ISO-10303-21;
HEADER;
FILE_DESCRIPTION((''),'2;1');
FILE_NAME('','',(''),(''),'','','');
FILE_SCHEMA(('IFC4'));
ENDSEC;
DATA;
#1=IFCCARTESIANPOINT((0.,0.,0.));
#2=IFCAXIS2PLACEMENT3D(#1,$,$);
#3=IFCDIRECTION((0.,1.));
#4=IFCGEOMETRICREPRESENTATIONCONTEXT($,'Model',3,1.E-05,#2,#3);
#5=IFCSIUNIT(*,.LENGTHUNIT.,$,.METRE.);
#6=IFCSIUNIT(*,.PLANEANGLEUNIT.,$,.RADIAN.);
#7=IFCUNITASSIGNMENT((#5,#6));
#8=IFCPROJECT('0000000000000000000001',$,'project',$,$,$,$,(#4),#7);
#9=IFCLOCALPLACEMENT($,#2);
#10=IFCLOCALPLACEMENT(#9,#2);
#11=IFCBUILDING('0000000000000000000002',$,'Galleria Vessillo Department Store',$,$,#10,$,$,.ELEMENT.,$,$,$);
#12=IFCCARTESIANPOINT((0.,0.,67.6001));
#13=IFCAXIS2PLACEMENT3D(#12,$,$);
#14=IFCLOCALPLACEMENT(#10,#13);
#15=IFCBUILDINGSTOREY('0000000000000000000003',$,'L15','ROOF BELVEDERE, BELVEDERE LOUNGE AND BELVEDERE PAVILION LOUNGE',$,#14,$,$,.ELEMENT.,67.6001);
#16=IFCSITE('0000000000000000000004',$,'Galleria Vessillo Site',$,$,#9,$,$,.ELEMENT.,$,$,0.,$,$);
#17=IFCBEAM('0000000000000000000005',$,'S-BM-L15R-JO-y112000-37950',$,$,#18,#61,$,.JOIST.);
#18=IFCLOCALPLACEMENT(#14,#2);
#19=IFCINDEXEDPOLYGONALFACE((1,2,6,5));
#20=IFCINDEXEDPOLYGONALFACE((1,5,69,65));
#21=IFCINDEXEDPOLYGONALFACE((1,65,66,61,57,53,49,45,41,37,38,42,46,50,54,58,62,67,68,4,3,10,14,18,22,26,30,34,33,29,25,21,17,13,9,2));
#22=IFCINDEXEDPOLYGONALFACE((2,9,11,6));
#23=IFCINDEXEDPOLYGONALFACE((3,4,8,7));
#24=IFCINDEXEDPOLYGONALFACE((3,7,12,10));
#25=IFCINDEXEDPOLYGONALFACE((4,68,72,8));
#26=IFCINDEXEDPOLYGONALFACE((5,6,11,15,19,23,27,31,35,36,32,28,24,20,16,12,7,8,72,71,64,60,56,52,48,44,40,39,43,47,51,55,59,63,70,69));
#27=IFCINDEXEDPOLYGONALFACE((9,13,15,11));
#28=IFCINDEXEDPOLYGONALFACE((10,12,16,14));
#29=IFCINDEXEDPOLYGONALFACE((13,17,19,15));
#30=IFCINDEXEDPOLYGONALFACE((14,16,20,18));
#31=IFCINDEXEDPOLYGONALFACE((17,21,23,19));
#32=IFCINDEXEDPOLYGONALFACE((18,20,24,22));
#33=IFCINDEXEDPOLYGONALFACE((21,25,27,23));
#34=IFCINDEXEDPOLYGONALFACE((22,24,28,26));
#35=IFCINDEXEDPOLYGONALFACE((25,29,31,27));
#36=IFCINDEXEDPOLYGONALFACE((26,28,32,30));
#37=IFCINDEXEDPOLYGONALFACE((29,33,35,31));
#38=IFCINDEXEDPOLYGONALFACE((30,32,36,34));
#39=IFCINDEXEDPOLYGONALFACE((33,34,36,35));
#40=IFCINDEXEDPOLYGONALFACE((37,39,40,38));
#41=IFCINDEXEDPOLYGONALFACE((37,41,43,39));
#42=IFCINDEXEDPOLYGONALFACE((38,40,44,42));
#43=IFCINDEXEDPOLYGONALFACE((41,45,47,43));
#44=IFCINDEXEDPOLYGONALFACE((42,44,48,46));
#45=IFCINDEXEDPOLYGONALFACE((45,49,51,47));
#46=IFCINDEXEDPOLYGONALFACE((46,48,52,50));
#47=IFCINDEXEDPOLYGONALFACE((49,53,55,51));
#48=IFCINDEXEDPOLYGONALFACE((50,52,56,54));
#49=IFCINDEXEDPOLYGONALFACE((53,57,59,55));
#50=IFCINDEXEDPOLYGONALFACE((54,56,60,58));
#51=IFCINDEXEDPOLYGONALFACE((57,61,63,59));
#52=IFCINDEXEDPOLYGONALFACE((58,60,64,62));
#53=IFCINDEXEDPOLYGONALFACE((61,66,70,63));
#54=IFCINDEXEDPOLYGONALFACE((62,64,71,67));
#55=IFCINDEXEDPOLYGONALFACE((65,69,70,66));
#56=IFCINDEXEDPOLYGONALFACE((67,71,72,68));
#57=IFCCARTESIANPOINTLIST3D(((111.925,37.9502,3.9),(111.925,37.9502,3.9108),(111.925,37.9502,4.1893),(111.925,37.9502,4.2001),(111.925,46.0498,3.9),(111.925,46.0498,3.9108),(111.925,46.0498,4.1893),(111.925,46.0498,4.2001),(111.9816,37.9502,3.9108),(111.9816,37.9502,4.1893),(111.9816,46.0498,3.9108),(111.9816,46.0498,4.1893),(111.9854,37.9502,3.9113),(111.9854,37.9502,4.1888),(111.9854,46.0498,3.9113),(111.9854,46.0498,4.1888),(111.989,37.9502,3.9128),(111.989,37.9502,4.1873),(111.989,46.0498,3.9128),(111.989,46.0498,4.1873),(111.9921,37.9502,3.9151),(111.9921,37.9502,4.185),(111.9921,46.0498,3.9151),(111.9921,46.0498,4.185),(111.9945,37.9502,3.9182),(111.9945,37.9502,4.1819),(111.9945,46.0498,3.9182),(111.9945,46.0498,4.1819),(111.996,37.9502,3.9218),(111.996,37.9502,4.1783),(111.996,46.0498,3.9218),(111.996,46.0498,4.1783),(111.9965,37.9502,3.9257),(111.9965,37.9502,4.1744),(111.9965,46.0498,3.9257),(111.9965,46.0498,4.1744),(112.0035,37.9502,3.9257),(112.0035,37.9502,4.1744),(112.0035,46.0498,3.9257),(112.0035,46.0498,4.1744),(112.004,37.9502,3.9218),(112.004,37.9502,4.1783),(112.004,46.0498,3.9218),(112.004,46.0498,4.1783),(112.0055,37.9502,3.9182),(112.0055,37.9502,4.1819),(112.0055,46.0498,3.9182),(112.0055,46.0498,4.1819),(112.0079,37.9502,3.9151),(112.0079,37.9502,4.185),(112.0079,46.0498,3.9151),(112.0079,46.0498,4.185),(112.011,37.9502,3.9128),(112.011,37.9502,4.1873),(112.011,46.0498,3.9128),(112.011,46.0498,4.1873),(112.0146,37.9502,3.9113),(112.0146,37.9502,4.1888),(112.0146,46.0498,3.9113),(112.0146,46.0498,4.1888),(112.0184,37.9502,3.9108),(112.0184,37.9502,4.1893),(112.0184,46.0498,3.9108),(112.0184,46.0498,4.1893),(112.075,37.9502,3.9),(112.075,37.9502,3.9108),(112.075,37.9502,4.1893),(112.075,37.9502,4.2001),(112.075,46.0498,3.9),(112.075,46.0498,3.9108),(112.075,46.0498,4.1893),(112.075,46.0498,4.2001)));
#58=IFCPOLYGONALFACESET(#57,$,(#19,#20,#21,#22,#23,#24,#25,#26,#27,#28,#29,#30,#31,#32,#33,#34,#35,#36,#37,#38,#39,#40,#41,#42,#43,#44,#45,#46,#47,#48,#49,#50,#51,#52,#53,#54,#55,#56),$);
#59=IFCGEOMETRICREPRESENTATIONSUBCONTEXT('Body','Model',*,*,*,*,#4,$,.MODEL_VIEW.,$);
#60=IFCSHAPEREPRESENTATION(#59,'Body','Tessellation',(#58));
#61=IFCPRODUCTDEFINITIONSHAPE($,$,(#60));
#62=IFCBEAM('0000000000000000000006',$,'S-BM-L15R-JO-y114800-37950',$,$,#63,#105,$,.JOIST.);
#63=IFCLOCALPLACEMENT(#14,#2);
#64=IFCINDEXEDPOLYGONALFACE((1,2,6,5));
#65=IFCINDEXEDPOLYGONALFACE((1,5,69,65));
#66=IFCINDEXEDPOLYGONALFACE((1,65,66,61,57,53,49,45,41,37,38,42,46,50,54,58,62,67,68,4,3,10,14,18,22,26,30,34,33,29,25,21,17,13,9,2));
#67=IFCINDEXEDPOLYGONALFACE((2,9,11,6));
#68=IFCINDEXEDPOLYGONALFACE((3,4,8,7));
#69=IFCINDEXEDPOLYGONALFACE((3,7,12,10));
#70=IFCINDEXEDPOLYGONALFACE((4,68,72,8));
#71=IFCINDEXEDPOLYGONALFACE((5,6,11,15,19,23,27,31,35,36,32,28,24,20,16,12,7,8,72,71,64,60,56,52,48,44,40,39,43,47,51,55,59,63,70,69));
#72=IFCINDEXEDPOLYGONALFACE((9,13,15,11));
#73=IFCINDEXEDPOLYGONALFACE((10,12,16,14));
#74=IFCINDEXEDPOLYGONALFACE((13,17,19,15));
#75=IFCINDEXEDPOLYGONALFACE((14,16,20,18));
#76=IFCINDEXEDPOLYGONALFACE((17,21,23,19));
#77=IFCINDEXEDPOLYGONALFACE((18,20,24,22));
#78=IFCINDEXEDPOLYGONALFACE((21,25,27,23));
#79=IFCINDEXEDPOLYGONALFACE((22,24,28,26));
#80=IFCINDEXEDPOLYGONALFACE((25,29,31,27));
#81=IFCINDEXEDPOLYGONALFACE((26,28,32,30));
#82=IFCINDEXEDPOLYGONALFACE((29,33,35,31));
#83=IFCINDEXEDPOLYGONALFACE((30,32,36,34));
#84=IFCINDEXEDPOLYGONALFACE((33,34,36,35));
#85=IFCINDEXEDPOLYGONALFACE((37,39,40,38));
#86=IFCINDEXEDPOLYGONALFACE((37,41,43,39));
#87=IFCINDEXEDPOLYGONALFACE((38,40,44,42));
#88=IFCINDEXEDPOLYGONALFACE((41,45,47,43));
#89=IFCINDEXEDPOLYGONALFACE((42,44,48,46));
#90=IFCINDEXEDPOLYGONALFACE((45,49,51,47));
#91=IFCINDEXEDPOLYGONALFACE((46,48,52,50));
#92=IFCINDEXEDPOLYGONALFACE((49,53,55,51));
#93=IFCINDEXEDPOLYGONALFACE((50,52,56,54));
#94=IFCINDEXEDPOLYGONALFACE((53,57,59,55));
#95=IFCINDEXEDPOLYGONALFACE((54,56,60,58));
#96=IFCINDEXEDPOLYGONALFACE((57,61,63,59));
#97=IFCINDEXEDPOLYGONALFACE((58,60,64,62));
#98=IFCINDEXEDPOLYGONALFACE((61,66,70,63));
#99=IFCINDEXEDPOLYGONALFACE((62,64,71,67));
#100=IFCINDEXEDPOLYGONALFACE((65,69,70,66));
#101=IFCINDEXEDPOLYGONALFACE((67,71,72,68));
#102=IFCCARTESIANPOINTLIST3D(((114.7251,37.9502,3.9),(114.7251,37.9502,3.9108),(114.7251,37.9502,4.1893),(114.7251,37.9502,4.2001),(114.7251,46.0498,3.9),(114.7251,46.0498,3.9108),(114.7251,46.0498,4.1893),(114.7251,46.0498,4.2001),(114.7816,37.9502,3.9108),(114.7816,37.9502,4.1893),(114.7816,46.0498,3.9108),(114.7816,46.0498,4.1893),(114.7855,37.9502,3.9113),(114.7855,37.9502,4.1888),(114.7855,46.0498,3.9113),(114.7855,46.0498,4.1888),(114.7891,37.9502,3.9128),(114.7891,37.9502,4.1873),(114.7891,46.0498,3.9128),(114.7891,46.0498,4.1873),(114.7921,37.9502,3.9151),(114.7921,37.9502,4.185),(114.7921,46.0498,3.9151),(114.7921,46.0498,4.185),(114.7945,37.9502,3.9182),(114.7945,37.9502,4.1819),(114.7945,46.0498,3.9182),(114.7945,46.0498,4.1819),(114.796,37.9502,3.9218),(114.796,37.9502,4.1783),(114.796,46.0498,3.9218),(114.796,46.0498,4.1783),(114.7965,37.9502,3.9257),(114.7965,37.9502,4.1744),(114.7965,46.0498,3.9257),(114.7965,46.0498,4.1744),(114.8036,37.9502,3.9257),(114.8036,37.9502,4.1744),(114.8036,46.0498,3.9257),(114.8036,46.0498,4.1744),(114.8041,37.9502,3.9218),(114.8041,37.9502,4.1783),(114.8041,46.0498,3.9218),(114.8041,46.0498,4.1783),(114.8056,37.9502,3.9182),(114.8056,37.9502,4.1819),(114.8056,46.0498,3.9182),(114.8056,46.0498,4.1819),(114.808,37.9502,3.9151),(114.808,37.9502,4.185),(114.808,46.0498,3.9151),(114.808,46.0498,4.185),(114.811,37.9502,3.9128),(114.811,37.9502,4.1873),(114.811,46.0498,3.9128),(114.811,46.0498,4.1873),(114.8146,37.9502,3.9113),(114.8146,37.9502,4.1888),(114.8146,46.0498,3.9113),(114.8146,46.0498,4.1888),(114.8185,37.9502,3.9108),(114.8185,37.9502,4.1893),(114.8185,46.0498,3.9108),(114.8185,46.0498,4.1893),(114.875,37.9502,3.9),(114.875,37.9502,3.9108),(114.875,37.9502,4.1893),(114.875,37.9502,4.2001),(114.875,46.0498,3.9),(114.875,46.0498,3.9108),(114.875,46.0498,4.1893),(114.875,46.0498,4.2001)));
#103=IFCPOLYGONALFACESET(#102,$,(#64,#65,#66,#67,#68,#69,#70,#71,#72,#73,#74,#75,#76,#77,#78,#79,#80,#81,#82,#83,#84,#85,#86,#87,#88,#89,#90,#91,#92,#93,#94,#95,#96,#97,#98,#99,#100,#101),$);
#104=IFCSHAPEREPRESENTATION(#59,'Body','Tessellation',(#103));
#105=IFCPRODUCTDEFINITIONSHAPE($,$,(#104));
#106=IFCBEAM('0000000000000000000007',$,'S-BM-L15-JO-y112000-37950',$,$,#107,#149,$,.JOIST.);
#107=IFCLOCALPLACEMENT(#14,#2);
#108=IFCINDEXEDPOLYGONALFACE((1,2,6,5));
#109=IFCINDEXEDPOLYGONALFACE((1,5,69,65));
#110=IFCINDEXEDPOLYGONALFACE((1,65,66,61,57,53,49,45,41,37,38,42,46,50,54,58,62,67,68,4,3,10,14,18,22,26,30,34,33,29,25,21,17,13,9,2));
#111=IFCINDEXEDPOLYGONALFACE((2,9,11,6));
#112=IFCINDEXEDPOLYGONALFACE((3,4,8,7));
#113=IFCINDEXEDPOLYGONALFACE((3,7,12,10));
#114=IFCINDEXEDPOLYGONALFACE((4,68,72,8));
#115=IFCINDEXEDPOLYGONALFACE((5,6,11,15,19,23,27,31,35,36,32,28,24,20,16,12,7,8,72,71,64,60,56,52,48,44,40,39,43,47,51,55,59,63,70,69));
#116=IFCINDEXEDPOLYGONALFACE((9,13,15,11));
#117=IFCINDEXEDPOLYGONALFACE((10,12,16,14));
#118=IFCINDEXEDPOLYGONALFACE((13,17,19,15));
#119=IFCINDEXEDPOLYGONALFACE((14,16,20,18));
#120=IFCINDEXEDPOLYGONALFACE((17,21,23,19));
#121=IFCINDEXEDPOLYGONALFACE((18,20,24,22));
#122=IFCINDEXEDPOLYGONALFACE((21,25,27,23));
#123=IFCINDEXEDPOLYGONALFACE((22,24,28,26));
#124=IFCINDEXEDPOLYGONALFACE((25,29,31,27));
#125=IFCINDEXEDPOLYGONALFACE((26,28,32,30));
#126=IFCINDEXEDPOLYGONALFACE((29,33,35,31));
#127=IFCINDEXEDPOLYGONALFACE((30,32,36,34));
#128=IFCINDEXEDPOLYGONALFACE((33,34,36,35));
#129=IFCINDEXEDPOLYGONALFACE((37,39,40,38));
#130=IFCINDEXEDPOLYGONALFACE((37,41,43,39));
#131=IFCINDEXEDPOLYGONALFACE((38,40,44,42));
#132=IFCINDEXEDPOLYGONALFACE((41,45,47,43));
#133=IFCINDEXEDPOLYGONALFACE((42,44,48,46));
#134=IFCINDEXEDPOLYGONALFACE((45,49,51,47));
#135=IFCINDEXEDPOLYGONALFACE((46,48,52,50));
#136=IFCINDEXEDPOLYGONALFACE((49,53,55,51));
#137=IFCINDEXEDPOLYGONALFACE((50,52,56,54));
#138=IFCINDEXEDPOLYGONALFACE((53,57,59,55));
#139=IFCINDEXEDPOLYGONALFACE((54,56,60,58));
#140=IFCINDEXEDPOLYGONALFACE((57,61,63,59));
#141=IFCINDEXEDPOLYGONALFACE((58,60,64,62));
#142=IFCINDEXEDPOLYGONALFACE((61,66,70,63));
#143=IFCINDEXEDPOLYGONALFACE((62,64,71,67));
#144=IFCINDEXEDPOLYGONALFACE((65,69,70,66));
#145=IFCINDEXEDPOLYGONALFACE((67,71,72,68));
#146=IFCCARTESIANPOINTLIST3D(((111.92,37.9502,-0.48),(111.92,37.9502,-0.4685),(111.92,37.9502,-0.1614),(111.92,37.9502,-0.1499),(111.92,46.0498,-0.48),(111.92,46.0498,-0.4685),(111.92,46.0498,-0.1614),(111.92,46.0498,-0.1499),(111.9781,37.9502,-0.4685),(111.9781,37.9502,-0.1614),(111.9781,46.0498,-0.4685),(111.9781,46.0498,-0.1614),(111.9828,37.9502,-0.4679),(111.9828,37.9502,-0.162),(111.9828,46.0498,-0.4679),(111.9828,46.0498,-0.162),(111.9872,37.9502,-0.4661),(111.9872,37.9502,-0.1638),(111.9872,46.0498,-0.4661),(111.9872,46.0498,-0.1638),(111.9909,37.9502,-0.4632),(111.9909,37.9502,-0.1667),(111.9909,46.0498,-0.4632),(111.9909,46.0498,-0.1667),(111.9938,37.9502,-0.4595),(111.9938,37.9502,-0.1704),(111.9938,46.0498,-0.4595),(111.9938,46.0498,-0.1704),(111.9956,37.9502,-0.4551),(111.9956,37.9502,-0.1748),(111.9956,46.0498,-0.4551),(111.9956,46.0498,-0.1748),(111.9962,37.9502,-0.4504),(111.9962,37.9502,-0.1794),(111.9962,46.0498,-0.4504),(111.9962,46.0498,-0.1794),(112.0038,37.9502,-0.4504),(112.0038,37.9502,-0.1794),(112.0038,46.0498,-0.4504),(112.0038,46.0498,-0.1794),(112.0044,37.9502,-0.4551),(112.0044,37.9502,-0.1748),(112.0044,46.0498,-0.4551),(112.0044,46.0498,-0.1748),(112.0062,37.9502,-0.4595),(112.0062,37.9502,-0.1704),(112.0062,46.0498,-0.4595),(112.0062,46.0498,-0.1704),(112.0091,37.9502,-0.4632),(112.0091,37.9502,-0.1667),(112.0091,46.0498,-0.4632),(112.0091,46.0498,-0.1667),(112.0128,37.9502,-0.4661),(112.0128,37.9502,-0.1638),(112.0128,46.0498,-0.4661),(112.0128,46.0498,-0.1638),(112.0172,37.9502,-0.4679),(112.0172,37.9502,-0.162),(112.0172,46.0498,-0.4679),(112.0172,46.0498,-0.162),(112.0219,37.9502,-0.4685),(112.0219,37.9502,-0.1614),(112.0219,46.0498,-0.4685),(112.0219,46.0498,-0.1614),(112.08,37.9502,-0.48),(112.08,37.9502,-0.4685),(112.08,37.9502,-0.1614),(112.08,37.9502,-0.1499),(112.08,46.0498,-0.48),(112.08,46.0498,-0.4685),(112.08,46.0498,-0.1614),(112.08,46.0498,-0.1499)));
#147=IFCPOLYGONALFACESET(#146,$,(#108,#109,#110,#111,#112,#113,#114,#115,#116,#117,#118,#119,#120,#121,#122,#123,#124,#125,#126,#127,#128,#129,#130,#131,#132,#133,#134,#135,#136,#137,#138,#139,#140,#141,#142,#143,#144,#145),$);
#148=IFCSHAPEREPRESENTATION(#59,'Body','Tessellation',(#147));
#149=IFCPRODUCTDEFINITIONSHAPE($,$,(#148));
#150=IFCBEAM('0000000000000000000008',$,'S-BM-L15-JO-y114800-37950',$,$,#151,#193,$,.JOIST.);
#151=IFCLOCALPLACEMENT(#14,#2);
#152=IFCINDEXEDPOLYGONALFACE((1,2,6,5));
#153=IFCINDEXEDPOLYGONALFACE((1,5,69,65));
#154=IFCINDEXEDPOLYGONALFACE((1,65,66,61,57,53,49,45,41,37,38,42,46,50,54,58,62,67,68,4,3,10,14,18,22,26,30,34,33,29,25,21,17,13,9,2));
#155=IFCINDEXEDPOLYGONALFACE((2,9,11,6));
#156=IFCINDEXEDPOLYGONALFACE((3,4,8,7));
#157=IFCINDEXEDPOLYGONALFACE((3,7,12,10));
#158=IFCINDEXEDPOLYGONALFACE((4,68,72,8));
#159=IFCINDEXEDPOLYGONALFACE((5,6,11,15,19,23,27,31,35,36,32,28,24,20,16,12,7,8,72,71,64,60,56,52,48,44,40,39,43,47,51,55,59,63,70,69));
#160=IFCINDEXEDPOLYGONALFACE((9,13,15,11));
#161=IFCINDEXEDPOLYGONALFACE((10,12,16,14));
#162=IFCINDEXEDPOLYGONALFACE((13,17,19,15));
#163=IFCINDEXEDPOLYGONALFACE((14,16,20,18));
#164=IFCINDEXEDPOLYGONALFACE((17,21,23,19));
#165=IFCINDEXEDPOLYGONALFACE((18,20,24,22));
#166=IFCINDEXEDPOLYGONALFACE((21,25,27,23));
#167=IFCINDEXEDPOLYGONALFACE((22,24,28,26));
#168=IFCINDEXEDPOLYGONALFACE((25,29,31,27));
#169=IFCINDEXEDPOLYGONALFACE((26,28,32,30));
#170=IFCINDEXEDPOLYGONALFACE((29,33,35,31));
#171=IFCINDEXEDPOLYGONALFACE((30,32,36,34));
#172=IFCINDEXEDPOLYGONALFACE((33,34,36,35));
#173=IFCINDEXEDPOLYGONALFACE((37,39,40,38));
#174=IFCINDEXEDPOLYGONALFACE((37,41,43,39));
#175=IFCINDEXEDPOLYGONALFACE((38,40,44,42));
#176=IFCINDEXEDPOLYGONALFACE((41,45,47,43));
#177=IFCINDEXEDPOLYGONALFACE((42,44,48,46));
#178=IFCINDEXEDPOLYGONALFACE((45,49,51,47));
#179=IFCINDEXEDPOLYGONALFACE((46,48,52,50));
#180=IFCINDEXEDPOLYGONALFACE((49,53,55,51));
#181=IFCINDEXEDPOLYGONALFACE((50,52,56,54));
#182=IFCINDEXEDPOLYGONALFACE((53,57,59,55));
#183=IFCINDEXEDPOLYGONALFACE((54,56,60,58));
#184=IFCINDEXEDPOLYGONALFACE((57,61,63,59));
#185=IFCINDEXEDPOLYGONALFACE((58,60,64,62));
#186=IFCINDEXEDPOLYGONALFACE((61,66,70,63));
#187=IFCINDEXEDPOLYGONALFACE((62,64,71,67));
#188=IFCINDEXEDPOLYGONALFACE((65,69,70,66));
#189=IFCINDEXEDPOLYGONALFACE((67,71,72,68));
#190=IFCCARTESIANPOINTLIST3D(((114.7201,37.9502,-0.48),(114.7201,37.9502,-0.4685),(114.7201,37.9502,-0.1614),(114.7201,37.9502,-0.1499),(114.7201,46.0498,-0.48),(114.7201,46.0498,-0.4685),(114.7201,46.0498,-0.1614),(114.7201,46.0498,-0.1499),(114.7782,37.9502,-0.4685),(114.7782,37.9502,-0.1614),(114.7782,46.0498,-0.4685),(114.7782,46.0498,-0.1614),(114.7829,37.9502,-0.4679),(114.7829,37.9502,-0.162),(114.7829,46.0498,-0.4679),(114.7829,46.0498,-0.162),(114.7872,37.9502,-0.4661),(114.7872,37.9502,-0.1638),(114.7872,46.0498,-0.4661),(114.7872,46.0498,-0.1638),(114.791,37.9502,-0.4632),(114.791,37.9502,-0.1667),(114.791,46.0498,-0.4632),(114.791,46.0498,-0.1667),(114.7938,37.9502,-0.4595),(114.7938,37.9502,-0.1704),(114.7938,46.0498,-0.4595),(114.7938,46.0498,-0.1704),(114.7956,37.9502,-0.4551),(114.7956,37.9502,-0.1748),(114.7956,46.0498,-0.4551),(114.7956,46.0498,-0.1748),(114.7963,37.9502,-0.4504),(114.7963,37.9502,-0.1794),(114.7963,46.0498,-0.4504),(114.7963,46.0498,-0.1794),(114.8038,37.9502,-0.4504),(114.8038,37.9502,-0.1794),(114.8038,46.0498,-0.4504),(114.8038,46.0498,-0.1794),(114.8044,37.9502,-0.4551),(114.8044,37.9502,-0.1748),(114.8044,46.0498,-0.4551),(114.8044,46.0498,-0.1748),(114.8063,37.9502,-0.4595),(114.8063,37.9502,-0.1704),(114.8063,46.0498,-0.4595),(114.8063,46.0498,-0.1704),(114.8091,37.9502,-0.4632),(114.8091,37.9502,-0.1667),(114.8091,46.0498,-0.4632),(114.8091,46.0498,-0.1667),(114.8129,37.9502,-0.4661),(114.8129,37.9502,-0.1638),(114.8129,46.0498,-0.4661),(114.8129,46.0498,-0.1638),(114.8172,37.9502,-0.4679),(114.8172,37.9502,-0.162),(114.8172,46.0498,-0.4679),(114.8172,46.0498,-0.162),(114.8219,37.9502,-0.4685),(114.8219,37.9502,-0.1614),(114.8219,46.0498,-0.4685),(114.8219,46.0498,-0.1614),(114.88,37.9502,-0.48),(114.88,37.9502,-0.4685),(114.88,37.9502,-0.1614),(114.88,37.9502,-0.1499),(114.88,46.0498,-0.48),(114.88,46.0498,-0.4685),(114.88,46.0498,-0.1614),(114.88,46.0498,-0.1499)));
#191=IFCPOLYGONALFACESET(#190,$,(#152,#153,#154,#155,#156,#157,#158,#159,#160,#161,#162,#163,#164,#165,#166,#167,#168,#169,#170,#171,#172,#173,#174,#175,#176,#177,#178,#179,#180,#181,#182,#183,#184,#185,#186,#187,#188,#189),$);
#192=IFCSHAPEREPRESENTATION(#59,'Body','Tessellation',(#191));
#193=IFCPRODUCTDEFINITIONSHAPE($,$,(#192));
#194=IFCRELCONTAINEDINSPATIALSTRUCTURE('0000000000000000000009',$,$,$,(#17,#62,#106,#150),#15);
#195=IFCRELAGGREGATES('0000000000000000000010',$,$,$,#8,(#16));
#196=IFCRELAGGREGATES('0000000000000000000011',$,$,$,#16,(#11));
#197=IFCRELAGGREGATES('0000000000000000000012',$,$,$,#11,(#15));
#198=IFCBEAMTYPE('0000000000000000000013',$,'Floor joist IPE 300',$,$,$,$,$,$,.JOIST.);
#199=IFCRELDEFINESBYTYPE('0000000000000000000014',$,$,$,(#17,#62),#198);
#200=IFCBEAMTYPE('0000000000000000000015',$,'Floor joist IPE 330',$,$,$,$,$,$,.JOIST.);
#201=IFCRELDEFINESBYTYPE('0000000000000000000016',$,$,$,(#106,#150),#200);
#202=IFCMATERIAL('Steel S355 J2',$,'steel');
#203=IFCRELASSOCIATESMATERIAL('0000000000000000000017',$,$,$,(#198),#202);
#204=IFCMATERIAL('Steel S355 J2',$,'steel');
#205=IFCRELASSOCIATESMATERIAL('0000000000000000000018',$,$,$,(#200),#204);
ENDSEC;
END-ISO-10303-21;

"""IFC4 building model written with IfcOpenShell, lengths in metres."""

from ifc_helpers import new_model, si_unit, direction, frame, origin, origin_2d, place, context, subcontext, project, spatial, i_section, extrude, material, material_profile, profile_set, type_object, element, save


model = new_model("IFC4")

# Units and contexts
model_context = context("Model", 3, precision=1e-05, world=origin(), true_north=direction((0.0, 1.0)))
body_context = subcontext(model_context, "Body", "Model", "MODEL_VIEW")
ifc_project = project(units=[si_unit("LENGTHUNIT", "METRE"), si_unit("PLANEANGLEUNIT", "RADIAN")], contexts=[model_context])

# Site, building, storey
site_placement = place(None, origin())
site = spatial("IfcSite", under=ifc_project, at=site_placement, Name="Galleria Vessillo Site", CompositionType="ELEMENT", RefElevation=0.0)
building_placement = place(site_placement, origin())
building = spatial("IfcBuilding", under=site, at=building_placement, Name="Galleria Vessillo Department Store", CompositionType="ELEMENT")
storey_placement = place(building_placement, frame((0.0, 0.0, 67.6001)))
storey = spatial("IfcBuildingStorey", under=building, at=storey_placement, Name="L15", Description="ROOF BELVEDERE, BELVEDERE LOUNGE AND BELVEDERE PAVILION LOUNGE", CompositionType="ELEMENT", Elevation=67.6001)

# Beams
ifc_material_1 = material(Name="Steel S355 J2", Category="steel")
ifc_material_profile_1 = material_profile(ifc_material_1, i_section(OverallWidth=0.1499, OverallDepth=0.3, WebThickness=0.0071, FlangeThickness=0.0107, FilletRadius=0.0149, at=origin_2d()), Name="IPE 300")
ifc_profile_set_1 = profile_set([ifc_material_profile_1], Name="Steel S355 J2")
beam_type_1 = type_object("IfcBeamType", Name="Floor joist IPE 300", PredefinedType="JOIST", material=ifc_profile_set_1)
for number, where, z_axis, x_axis, name in (
    (1, (112.0, 37.9502, 4.05), (0.0, 1.0, 0.0), (-1.0, 0.0, 0.0), "S-BM-L15R-JO-y112000-37950"),
    (2, (114.8, 37.9502, 4.05), (0.0, 1.0, 0.0), (-1.0, 0.0, 0.0), "S-BM-L15R-JO-y114800-37950"),
):
    element("IfcBeam", number, at=place(storey_placement, frame(where, z_axis=z_axis, x_axis=x_axis)), inside=storey, type_object=beam_type_1, Name=name, PredefinedType="JOIST", context=body_context, shape_type="SweptSolid", body=[
        extrude(i_section(OverallWidth=0.1499, OverallDepth=0.3, WebThickness=0.0071, FlangeThickness=0.0107, FilletRadius=0.0149, at=origin_2d()), origin(), (0.0, 0.0, 1.0), 8.0996),
    ])
ifc_material_2 = material(Name="Steel S355 J2", Category="steel")
ifc_material_profile_2 = material_profile(ifc_material_2, i_section(OverallWidth=0.1599, OverallDepth=0.3301, WebThickness=0.0076, FlangeThickness=0.0115, FilletRadius=0.0181, at=origin_2d()), Name="IPE 330")
ifc_profile_set_2 = profile_set([ifc_material_profile_2], Name="Steel S355 J2")
beam_type_2 = type_object("IfcBeamType", Name="Floor joist IPE 330", PredefinedType="JOIST", material=ifc_profile_set_2)
for number, where, z_axis, x_axis, name in (
    (3, (112.0, 37.9502, -0.3149), (0.0, 1.0, 0.0), (-1.0, 0.0, 0.0), "S-BM-L15-JO-y112000-37950"),
    (4, (114.8, 37.9502, -0.3149), (0.0, 1.0, 0.0), (-1.0, 0.0, 0.0), "S-BM-L15-JO-y114800-37950"),
):
    element("IfcBeam", number, at=place(storey_placement, frame(where, z_axis=z_axis, x_axis=x_axis)), inside=storey, type_object=beam_type_2, Name=name, PredefinedType="JOIST", context=body_context, shape_type="SweptSolid", body=[
        extrude(i_section(OverallWidth=0.1599, OverallDepth=0.3301, WebThickness=0.0076, FlangeThickness=0.0115, FilletRadius=0.0181, at=origin_2d()), origin(), (0.0, 0.0, 1.0), 8.0996),
    ])

save(model, "model.ifc")
